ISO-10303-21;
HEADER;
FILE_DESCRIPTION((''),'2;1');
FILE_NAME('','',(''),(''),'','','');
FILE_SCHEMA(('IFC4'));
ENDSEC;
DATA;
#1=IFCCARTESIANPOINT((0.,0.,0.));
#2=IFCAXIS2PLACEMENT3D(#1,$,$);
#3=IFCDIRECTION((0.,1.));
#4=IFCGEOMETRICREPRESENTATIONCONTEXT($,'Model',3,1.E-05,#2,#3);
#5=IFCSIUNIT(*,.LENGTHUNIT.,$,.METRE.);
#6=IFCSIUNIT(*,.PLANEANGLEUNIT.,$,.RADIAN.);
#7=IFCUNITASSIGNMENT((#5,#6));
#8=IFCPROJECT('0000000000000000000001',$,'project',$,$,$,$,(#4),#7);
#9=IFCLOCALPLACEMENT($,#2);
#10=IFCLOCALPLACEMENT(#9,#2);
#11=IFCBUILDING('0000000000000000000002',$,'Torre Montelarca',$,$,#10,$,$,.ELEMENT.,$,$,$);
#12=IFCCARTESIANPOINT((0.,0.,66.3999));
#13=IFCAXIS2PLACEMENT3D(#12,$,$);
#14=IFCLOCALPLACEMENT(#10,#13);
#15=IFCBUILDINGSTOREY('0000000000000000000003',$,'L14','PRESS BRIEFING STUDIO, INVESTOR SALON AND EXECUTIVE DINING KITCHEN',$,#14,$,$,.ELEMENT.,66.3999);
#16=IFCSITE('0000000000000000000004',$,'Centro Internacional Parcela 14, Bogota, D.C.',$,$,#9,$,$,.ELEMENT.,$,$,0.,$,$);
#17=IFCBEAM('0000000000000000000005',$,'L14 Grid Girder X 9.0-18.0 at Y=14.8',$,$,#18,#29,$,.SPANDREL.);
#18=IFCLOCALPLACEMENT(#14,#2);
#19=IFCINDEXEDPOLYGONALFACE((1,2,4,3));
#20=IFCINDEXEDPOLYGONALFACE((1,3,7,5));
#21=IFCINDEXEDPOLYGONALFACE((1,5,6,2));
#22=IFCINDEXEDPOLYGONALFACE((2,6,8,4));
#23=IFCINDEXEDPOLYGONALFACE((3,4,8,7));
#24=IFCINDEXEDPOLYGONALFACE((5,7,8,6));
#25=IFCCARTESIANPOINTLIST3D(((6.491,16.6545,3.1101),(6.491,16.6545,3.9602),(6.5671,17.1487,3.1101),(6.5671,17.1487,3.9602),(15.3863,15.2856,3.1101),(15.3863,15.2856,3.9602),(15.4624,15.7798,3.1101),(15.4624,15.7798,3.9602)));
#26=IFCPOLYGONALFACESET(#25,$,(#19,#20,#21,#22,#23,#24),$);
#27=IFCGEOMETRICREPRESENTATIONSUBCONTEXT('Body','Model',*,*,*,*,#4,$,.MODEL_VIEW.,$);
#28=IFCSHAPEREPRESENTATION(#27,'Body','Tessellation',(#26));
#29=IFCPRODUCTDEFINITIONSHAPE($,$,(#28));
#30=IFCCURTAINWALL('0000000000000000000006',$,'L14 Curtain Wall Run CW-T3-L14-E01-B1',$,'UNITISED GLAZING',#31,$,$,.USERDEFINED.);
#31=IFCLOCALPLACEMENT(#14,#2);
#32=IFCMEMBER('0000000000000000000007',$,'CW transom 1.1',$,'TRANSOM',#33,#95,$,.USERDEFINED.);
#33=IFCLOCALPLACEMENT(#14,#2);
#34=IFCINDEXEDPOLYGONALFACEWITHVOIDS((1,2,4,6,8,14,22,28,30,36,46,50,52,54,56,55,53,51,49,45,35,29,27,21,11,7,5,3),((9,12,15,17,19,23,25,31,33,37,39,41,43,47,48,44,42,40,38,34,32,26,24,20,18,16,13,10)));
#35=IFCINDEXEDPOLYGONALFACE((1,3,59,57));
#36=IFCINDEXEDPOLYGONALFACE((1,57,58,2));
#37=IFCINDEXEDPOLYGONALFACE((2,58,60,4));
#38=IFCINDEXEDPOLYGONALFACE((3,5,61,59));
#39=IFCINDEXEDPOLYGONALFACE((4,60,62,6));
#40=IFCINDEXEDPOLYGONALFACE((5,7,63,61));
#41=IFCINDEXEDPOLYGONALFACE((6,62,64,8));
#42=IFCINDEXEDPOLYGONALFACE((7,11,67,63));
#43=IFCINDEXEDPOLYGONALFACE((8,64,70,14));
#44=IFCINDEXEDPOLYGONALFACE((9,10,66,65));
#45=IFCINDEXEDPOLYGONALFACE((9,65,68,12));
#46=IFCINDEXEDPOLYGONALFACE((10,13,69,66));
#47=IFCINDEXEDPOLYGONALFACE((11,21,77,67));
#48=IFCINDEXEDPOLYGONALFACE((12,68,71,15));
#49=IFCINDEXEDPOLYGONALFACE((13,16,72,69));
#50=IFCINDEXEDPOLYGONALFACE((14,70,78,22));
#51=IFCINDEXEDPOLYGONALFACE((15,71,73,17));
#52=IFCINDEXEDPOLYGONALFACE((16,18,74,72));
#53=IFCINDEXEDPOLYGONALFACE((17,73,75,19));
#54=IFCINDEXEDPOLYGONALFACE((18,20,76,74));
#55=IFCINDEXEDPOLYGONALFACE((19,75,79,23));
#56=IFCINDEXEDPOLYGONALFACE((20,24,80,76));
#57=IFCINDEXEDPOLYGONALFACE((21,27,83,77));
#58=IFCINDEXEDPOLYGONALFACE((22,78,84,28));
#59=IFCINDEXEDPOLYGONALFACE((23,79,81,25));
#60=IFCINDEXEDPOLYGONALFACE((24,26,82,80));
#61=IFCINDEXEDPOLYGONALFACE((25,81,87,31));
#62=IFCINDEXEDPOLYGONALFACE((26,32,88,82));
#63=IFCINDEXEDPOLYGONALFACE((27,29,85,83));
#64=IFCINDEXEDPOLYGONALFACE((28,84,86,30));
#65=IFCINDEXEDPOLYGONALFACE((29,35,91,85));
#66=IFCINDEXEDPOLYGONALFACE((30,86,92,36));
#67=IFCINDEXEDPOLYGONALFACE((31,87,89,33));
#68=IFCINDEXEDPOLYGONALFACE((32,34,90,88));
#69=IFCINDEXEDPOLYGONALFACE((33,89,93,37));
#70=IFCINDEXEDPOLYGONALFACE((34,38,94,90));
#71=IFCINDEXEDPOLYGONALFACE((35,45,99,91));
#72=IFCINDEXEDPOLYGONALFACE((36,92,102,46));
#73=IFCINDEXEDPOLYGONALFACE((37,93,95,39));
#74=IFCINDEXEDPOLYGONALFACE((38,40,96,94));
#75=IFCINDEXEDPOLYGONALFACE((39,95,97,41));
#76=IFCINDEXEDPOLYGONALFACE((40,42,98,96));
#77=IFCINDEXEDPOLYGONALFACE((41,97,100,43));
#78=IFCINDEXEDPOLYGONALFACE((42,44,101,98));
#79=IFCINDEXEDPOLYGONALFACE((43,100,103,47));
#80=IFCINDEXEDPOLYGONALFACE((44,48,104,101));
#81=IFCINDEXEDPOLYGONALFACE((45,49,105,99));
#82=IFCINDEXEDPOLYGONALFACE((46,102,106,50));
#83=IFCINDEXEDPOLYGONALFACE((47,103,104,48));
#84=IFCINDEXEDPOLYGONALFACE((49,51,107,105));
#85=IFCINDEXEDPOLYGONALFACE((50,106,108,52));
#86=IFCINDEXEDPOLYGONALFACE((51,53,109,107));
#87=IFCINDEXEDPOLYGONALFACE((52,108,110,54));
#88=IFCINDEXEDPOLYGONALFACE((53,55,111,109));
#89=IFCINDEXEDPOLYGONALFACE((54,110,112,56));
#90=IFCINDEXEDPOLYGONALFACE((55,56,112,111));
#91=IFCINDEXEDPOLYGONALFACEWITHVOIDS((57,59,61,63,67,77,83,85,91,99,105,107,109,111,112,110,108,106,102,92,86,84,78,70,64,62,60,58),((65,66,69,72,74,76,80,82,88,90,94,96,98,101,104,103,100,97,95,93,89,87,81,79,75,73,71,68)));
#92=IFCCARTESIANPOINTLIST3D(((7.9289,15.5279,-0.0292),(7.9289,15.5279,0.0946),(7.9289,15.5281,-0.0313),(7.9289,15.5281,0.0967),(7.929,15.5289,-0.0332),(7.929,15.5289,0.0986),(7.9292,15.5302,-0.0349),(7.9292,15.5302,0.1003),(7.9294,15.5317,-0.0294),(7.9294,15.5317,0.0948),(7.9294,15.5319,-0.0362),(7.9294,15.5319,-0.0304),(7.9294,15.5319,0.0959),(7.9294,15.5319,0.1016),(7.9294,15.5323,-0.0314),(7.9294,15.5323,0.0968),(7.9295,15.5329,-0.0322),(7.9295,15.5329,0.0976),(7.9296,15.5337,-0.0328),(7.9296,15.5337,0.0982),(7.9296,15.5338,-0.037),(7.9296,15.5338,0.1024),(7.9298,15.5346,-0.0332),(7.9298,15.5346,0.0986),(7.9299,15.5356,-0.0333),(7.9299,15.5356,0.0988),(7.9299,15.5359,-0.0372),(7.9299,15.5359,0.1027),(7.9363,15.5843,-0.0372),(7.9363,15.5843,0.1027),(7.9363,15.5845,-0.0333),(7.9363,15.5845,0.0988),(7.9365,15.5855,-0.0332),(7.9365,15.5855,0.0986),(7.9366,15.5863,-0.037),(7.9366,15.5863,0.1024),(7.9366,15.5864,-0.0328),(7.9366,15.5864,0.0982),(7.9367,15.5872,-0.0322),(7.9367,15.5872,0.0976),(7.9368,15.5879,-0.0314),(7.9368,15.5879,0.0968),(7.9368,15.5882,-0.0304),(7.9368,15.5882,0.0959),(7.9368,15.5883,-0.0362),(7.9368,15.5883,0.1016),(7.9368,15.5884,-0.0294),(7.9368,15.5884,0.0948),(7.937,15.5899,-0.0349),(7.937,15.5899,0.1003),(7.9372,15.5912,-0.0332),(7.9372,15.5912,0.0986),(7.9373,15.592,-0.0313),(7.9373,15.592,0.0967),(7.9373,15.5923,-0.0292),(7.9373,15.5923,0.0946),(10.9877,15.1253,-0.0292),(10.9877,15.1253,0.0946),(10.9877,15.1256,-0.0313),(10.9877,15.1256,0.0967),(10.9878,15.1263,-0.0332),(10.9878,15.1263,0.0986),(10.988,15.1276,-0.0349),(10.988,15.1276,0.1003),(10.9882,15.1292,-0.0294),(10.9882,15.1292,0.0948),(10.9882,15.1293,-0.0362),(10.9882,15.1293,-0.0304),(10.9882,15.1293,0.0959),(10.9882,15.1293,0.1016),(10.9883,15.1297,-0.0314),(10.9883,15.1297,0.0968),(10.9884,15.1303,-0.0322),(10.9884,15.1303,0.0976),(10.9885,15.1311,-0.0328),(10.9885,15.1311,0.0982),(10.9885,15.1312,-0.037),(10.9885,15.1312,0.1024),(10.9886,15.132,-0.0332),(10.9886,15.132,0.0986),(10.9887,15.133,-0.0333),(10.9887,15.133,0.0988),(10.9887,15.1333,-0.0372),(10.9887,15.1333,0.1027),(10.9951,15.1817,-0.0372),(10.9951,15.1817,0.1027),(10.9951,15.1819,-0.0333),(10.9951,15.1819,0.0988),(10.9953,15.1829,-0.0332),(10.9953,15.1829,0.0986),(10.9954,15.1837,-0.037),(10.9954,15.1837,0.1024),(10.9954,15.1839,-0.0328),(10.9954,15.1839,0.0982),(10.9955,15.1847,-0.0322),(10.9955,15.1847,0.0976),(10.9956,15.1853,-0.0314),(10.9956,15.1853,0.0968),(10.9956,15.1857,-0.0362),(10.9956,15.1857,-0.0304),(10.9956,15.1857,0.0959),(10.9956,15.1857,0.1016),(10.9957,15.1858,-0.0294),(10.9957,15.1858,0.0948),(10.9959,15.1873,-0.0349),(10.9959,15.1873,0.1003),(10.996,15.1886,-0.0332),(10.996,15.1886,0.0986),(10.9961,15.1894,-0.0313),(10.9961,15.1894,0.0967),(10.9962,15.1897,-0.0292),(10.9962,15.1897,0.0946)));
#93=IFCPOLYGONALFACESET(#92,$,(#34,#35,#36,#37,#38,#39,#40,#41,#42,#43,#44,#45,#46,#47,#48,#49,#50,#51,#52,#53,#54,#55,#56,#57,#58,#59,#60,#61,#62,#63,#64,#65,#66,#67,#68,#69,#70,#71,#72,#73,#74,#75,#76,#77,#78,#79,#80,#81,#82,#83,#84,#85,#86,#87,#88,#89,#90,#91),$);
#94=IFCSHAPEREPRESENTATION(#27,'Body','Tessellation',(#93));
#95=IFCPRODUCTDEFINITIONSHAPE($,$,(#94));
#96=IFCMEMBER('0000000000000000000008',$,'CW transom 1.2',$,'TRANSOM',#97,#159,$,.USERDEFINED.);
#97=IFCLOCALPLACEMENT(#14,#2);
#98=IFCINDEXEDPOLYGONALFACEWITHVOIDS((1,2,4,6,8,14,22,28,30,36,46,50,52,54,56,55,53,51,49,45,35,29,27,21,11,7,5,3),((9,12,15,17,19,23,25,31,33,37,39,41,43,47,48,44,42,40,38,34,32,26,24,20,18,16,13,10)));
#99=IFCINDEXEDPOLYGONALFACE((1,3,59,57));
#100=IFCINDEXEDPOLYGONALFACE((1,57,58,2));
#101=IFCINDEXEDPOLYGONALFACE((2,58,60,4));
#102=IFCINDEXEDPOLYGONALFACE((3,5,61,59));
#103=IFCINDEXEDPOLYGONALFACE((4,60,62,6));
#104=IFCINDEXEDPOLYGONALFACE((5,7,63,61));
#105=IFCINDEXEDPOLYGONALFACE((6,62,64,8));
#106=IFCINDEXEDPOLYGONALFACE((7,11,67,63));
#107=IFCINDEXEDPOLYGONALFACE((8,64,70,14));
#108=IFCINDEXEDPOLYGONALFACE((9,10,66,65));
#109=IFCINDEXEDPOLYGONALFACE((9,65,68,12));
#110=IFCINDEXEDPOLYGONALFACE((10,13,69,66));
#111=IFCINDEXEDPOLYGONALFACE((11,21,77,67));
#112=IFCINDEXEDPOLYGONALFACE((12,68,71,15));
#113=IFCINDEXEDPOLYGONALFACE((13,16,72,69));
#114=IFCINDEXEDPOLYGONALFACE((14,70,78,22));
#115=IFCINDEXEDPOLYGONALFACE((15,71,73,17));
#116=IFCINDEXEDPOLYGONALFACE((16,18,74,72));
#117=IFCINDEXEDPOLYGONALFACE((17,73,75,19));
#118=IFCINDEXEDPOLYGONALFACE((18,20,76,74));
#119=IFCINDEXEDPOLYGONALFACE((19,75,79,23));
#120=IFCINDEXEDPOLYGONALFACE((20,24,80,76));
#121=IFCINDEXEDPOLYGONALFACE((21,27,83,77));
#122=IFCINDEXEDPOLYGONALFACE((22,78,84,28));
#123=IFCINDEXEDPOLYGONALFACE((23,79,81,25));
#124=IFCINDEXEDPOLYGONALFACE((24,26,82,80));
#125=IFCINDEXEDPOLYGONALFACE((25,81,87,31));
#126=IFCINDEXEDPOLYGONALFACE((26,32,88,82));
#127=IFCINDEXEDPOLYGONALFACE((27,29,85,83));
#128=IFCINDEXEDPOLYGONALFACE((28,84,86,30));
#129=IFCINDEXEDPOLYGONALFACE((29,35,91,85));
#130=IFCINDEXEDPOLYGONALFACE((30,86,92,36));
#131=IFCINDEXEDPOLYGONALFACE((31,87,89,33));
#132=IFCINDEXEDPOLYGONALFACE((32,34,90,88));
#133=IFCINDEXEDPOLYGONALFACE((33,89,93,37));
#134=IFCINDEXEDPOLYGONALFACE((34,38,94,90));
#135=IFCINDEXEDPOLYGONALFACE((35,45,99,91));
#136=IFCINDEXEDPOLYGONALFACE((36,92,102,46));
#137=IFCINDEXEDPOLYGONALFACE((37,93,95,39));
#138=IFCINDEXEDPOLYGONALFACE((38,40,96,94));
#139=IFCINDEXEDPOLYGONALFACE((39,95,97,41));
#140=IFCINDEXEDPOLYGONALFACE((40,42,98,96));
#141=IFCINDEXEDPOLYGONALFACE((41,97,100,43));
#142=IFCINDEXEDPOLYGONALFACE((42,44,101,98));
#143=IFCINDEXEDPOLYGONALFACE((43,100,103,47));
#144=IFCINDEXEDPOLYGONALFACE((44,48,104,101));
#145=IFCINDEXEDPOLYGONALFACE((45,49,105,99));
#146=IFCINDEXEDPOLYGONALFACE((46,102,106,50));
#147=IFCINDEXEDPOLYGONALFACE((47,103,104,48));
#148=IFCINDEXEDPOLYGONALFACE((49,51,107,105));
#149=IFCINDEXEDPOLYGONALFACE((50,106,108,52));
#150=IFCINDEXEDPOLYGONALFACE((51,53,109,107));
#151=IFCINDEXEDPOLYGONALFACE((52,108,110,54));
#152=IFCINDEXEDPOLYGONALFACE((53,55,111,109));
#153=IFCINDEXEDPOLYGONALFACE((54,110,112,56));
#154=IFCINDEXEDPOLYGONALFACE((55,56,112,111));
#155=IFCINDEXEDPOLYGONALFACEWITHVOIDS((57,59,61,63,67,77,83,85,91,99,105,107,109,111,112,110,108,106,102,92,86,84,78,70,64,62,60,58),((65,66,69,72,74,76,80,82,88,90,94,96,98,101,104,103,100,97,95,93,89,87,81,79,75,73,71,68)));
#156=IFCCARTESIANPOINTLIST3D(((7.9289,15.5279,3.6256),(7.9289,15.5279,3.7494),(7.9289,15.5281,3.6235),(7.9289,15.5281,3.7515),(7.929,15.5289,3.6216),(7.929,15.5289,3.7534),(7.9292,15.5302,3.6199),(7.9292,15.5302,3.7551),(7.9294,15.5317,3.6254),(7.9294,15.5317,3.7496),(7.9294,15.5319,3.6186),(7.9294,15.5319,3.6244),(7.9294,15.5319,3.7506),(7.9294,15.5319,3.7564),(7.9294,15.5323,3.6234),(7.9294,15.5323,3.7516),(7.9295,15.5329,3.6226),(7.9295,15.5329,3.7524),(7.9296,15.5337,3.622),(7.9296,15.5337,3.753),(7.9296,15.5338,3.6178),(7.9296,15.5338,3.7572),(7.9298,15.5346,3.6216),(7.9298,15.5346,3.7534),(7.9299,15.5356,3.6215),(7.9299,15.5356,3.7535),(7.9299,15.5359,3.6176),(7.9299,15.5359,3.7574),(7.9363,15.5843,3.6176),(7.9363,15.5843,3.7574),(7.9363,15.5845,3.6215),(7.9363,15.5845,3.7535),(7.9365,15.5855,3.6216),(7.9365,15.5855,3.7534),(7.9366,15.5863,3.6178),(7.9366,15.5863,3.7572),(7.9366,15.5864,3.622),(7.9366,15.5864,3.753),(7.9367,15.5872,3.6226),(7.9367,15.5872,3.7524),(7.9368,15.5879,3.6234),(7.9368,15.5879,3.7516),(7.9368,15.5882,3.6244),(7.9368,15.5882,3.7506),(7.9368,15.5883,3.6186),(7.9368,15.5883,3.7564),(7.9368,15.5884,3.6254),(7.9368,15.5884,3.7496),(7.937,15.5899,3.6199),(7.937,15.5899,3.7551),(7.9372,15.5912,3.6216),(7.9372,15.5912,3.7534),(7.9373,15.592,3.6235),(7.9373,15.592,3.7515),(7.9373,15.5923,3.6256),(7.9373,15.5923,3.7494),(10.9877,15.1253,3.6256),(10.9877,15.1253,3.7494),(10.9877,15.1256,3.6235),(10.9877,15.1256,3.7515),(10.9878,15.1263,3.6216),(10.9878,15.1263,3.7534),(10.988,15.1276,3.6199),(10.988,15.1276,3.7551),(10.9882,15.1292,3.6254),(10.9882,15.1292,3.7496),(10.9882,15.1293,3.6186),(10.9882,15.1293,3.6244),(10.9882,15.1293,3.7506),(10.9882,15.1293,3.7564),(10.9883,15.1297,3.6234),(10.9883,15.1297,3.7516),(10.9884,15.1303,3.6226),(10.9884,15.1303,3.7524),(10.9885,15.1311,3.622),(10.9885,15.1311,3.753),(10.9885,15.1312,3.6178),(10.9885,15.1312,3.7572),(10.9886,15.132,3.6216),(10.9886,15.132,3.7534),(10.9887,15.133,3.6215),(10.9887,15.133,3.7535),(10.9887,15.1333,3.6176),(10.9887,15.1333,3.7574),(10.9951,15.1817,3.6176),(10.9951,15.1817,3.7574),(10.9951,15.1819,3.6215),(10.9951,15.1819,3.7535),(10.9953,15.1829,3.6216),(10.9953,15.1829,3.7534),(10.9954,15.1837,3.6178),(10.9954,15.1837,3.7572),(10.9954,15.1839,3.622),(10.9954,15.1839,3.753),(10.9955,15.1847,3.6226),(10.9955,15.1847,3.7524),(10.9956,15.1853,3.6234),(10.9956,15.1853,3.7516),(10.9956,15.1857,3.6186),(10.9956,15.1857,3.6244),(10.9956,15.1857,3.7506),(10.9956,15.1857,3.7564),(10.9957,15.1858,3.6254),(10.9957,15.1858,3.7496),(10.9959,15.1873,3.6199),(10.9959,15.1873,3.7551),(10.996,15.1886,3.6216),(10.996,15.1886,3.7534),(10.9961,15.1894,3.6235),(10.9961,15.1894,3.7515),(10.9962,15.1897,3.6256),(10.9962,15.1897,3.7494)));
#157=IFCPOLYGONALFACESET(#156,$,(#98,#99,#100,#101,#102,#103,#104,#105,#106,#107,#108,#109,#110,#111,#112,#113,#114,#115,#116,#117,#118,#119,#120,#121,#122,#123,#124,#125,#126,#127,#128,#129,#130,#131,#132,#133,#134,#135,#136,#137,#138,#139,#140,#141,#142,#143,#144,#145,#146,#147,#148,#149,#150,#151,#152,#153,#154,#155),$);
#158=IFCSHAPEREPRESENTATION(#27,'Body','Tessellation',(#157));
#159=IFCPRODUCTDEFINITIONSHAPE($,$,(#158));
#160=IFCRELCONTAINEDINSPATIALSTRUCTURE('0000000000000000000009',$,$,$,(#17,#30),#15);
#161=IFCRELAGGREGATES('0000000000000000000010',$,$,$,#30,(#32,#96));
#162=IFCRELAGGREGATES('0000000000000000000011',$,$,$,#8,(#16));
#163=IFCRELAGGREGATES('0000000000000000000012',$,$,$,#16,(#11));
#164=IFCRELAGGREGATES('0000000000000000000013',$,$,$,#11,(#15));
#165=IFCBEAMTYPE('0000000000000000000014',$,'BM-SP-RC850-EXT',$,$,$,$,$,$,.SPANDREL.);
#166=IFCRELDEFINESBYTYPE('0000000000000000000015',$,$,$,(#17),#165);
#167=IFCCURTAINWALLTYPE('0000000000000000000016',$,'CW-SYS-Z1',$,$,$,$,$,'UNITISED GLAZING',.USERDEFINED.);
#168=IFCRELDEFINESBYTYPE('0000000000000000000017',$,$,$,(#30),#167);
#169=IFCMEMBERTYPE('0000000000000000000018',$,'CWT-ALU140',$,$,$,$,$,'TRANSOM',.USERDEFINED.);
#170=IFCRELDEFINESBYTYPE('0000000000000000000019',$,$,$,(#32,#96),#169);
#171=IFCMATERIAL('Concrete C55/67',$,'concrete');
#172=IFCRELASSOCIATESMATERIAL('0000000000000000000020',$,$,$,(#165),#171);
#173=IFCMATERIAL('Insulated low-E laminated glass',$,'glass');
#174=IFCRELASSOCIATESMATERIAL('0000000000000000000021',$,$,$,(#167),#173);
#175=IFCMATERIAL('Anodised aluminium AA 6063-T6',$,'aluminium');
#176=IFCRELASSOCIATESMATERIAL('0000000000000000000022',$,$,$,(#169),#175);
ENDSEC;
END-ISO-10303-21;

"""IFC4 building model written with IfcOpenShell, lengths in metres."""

from ifc_helpers import new_model, si_unit, direction, frame, origin, origin_2d, place, context, subcontext, project, spatial, rectangle, hollow_rectangle, extrude, source, transform, mapped, material, material_profile, profile_set, type_object, element, aggregate, save


model = new_model("IFC4")

# Units and contexts
model_context = context("Model", 3, precision=1e-05, world=origin(), true_north=direction((0.0, 1.0)))
body_context = subcontext(model_context, "Body", "Model", "MODEL_VIEW")
ifc_project = project(units=[si_unit("LENGTHUNIT", "METRE"), si_unit("PLANEANGLEUNIT", "RADIAN")], contexts=[model_context])

# Site, building, storey
site_placement = place(None, origin())
site = spatial("IfcSite", under=ifc_project, at=site_placement, Name="Centro Internacional Parcela 14, Bogota, D.C.", CompositionType="ELEMENT", RefElevation=0.0)
building_placement = place(site_placement, origin())
building = spatial("IfcBuilding", under=site, at=building_placement, Name="Torre Montelarca", CompositionType="ELEMENT")
storey_placement = place(building_placement, frame((0.0, 0.0, 66.3999)))
storey = spatial("IfcBuildingStorey", under=building, at=storey_placement, Name="L14", Description="PRESS BRIEFING STUDIO, INVESTOR SALON AND EXECUTIVE DINING KITCHEN", CompositionType="ELEMENT", Elevation=66.3999)

# Beam
ifc_material_1 = material(Name="Concrete C55/67", Category="concrete")
ifc_material_profile_1 = material_profile(ifc_material_1, rectangle(XDim=0.5, YDim=0.8501, at=origin_2d()), Name="RCB500X850", Category="concrete")
ifc_profile_set_1 = profile_set([ifc_material_profile_1], Name="Concrete C55/67")
beam_type = type_object("IfcBeamType", Name="BM-SP-RC850-EXT", PredefinedType="SPANDREL", material=ifc_profile_set_1)
shared_shape_1 = source(origin(), body_context, "Body", "SweptSolid", [
    extrude(rectangle(XDim=0.5, YDim=0.8501, at=origin_2d()), origin(), (0.0, 0.0, 1.0), 9.0),
])
beam_placement = place(storey_placement, frame((6.5291, 16.9016, 3.5352), z_axis=(0.988365, -0.1521, 0.0), x_axis=(0.1521, 0.988365, 0.0)))
element("IfcBeam", 1, at=beam_placement, inside=storey, type_object=beam_type, Name="L14 Grid Girder X 9.0-18.0 at Y=14.8", PredefinedType="SPANDREL", context=body_context, shape_type="MappedRepresentation", body=[
    mapped(shared_shape_1, transform((0.0, 0.0, 0.0), scale=1.0)),
])

# Curtain wall, members
ifc_material_2 = material(Name="Insulated low-E laminated glass", Category="glass")
curtain_wall_type = type_object("IfcCurtainWallType", Name="CW-SYS-Z1", ElementType="UNITISED GLAZING", PredefinedType="USERDEFINED", material=ifc_material_2)
curtain_wall_1_placement = place(storey_placement, origin())
curtain_wall_1 = element("IfcCurtainWall", 2, at=curtain_wall_1_placement, inside=storey, type_object=curtain_wall_type, Name="L14 Curtain Wall Run CW-T3-L14-E01-B1", ObjectType="UNITISED GLAZING", PredefinedType="USERDEFINED")
ifc_material_3 = material(Name="Anodised aluminium AA 6063-T6", Category="aluminium")
ifc_material_profile_2 = material_profile(ifc_material_3, hollow_rectangle(XDim=0.0649, YDim=0.1399, WallThickness=0.0039, InnerFilletRadius=0.0039, OuterFilletRadius=0.0081, at=origin_2d()), Name="ALU65X140X4", Category="aluminium")
ifc_profile_set_2 = profile_set([ifc_material_profile_2], Name="Anodised aluminium AA 6063-T6")
member_type_1 = type_object("IfcMemberType", Name="CWT-ALU140", ElementType="TRANSOM", PredefinedType="USERDEFINED", material=ifc_profile_set_2)
shared_shape_2 = source(origin(), body_context, "Body", "SweptSolid", [
    extrude(hollow_rectangle(XDim=0.0649, YDim=0.1399, WallThickness=0.0039, InnerFilletRadius=0.0039, OuterFilletRadius=0.0081, at=origin_2d()), origin(), (0.0, 0.0, 1.0), 3.0852),
])
member_1_placement = place(storey_placement, frame((7.9331, 15.5601, 0.0327), z_axis=(0.99145, -0.130489, 0.0), x_axis=(0.130489, 0.99145, 0.0)))
member_1 = element("IfcMember", 3, at=member_1_placement, type_object=member_type_1, Name="CW transom 1.1", ObjectType="TRANSOM", PredefinedType="USERDEFINED", context=body_context, shape_type="MappedRepresentation", body=[
    mapped(shared_shape_2, transform((0.0, 0.0, 0.0), scale=1.0)),
])
member_2_placement = place(storey_placement, frame((7.9331, 15.5601, 3.6875), z_axis=(0.99145, -0.130489, 0.0), x_axis=(0.130489, 0.99145, 0.0)))
member_2 = element("IfcMember", 4, at=member_2_placement, type_object=member_type_1, Name="CW transom 1.2", ObjectType="TRANSOM", PredefinedType="USERDEFINED", context=body_context, shape_type="MappedRepresentation", body=[
    mapped(shared_shape_2, transform((0.0, 0.0, 0.0), scale=1.0)),
])

aggregate(curtain_wall_1, [member_1, member_2])

save(model, "model.ifc")
